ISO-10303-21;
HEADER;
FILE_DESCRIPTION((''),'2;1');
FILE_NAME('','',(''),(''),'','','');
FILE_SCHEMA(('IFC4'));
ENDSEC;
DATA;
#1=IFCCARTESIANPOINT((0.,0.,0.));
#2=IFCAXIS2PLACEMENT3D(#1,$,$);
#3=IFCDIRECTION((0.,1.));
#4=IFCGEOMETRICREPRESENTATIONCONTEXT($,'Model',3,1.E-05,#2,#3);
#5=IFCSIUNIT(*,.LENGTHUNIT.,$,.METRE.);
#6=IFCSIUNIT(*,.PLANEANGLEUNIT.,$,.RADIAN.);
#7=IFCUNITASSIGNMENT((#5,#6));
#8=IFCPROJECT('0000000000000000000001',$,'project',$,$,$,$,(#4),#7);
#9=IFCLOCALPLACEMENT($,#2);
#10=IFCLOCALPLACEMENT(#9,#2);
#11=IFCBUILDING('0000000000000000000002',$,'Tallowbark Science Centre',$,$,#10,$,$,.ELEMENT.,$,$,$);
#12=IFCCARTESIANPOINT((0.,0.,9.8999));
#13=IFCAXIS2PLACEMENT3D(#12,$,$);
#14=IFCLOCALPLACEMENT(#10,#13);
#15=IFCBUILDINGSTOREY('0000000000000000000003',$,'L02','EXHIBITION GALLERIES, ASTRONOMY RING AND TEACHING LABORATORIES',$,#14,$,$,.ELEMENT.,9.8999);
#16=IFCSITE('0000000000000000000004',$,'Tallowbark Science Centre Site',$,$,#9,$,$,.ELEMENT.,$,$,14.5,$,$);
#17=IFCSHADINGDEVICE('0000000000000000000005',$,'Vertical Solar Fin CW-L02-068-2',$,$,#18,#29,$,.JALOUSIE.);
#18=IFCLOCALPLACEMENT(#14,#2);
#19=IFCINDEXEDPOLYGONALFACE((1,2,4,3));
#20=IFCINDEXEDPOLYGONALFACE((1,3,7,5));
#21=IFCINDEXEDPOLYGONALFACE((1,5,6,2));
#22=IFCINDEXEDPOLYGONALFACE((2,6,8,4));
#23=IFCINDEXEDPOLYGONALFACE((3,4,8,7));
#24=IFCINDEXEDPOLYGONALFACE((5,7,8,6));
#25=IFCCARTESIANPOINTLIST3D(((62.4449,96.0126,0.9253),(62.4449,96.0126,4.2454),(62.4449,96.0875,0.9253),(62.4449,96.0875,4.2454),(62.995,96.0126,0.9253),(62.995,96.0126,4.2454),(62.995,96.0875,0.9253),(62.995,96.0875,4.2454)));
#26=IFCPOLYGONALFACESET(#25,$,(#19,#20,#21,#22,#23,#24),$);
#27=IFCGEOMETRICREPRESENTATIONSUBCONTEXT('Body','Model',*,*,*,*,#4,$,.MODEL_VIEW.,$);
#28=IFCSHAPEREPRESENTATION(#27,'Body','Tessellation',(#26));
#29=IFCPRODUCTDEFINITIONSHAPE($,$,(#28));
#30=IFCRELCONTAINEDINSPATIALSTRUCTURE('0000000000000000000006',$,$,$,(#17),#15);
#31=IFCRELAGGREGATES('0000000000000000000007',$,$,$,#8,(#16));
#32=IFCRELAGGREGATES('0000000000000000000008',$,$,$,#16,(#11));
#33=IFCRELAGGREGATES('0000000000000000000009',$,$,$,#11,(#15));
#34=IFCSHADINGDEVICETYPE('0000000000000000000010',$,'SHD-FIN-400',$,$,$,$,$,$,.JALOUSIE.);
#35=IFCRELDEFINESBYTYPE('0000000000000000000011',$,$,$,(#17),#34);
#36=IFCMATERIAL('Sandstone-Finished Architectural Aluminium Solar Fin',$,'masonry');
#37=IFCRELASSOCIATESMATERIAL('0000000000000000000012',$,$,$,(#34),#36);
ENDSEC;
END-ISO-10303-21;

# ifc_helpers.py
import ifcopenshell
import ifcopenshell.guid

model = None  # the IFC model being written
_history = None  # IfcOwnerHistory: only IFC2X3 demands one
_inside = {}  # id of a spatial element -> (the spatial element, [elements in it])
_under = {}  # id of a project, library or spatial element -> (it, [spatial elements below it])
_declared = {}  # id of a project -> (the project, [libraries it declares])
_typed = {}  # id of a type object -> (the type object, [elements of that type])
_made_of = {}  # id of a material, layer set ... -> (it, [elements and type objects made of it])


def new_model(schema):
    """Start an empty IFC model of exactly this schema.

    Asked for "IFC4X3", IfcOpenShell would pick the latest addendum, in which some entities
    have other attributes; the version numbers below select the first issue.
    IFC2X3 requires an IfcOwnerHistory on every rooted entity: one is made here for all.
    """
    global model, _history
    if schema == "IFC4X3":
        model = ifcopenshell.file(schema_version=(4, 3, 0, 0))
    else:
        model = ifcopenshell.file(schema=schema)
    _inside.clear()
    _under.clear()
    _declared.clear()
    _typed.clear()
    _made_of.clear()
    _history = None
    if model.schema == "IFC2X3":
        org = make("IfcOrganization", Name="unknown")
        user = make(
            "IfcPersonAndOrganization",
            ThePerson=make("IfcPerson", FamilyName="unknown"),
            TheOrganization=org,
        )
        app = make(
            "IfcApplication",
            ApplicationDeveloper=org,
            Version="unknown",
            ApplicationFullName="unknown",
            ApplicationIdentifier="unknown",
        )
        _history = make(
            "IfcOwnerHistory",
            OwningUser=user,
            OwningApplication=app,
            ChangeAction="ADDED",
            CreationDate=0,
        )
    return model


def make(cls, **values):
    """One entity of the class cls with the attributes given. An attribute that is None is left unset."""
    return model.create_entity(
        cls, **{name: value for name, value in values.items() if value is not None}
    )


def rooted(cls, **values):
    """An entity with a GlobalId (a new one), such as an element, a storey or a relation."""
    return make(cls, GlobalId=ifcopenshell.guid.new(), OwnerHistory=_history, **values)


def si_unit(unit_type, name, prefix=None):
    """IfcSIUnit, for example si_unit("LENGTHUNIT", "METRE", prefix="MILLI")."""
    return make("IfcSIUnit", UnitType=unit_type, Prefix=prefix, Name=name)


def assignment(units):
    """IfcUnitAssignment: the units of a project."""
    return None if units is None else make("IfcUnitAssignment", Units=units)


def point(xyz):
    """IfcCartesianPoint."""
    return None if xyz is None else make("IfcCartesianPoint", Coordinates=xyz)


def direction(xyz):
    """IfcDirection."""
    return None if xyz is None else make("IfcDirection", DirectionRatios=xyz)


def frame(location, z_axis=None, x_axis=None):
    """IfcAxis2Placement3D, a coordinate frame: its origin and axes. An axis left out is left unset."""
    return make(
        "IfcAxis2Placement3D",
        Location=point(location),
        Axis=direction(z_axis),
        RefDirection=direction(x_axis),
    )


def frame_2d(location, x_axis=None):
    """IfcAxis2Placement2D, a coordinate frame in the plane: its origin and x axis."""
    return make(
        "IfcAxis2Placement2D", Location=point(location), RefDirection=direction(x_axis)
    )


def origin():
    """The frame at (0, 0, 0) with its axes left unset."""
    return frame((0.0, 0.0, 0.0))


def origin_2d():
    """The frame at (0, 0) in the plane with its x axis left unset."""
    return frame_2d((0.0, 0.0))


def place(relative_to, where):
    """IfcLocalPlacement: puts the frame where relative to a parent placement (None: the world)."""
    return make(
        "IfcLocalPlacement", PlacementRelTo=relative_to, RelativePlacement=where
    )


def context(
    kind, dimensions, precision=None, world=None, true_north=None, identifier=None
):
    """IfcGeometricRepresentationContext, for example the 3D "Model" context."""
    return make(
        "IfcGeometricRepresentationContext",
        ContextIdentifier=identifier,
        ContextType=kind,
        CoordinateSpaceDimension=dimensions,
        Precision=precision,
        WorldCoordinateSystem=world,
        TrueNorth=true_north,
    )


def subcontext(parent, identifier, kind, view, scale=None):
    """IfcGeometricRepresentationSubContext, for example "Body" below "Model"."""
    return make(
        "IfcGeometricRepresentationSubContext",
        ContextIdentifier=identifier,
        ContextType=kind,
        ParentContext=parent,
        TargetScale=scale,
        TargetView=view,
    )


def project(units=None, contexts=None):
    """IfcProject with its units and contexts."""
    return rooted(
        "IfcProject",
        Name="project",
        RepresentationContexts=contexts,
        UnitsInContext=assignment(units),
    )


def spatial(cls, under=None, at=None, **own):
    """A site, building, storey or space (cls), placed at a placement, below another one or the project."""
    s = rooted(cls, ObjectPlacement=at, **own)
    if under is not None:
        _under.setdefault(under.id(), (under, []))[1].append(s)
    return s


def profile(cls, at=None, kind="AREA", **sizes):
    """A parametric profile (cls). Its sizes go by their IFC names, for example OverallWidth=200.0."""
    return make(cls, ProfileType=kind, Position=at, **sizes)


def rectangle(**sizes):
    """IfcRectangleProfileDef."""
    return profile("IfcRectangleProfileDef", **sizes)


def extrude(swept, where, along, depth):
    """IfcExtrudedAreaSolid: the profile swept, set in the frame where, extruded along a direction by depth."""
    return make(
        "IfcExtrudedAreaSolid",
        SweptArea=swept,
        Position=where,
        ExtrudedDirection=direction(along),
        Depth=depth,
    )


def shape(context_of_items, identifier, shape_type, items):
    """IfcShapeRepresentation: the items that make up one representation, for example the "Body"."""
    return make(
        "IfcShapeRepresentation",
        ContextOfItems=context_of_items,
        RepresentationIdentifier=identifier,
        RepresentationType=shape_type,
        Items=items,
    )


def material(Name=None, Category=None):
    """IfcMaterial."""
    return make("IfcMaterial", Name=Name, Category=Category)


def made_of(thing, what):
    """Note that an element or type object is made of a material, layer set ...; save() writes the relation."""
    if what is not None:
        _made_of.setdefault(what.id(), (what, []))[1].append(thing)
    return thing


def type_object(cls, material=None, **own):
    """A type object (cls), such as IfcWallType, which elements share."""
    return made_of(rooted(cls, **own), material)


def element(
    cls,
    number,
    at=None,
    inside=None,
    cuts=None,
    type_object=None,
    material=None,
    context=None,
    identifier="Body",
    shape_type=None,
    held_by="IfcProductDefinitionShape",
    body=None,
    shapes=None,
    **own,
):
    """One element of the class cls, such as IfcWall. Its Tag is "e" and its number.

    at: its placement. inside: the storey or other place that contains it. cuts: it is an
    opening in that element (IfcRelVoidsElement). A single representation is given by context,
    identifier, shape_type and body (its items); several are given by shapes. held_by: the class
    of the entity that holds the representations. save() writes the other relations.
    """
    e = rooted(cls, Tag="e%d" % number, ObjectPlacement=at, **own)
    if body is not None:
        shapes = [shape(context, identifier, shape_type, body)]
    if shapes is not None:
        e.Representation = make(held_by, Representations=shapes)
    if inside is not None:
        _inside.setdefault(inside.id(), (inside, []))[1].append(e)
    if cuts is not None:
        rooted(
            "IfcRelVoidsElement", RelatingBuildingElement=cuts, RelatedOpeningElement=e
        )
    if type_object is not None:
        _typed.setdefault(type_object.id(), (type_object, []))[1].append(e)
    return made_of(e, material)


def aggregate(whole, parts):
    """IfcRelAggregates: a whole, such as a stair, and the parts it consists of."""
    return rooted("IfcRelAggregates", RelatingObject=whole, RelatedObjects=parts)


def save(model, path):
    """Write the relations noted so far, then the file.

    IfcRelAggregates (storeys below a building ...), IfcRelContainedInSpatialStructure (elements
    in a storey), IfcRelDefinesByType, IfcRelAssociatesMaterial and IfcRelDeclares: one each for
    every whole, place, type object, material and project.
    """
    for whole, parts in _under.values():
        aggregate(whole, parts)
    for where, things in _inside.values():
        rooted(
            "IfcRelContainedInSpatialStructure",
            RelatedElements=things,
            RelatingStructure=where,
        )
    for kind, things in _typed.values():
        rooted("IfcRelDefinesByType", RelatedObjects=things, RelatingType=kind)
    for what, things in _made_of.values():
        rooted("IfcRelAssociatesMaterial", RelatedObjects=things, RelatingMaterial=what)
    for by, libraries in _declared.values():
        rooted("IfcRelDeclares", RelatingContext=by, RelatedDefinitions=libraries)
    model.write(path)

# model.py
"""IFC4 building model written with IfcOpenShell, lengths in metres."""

from ifc_helpers import new_model, si_unit, direction, frame, origin, origin_2d, place, context, subcontext, project, spatial, rectangle, extrude, material, type_object, element, save


model = new_model("IFC4")

# Units and contexts
model_context = context("Model", 3, precision=1e-05, world=origin(), true_north=direction((0.0, 1.0)))
body_context = subcontext(model_context, "Body", "Model", "MODEL_VIEW")
ifc_project = project(units=[si_unit("LENGTHUNIT", "METRE"), si_unit("PLANEANGLEUNIT", "RADIAN")], contexts=[model_context])

# Site, building, storey
site_placement = place(None, origin())
site = spatial("IfcSite", under=ifc_project, at=site_placement, Name="Tallowbark Science Centre Site", CompositionType="ELEMENT", RefElevation=14.5)
building_placement = place(site_placement, origin())
building = spatial("IfcBuilding", under=site, at=building_placement, Name="Tallowbark Science Centre", CompositionType="ELEMENT")
storey_placement = place(building_placement, frame((0.0, 0.0, 9.8999)))
storey = spatial("IfcBuildingStorey", under=building, at=storey_placement, Name="L02", Description="EXHIBITION GALLERIES, ASTRONOMY RING AND TEACHING LABORATORIES", CompositionType="ELEMENT", Elevation=9.8999)

# Shading device
ifc_material_1 = material(Name="Sandstone-Finished Architectural Aluminium Solar Fin", Category="masonry")
shading_device_type = type_object("IfcShadingDeviceType", Name="SHD-FIN-400", PredefinedType="JALOUSIE", material=ifc_material_1)
for number, where, z_axis, x_axis, name in (
    (1, (62.72, 96.05, 0.9253), (0.0, 0.0, 1.0), (0.0, -1.0, 0.0), "Vertical Solar Fin CW-L02-068-2"),
):
    element("IfcShadingDevice", number, at=place(storey_placement, frame(where, z_axis=z_axis, x_axis=x_axis)), inside=storey, type_object=shading_device_type, Name=name, PredefinedType="JALOUSIE", context=body_context, shape_type="SweptSolid", body=[
        extrude(rectangle(XDim=0.075, YDim=0.55, at=origin_2d()), origin(), (0.0, 0.0, 1.0), 3.3201),
    ])

save(model, "model.ifc")
